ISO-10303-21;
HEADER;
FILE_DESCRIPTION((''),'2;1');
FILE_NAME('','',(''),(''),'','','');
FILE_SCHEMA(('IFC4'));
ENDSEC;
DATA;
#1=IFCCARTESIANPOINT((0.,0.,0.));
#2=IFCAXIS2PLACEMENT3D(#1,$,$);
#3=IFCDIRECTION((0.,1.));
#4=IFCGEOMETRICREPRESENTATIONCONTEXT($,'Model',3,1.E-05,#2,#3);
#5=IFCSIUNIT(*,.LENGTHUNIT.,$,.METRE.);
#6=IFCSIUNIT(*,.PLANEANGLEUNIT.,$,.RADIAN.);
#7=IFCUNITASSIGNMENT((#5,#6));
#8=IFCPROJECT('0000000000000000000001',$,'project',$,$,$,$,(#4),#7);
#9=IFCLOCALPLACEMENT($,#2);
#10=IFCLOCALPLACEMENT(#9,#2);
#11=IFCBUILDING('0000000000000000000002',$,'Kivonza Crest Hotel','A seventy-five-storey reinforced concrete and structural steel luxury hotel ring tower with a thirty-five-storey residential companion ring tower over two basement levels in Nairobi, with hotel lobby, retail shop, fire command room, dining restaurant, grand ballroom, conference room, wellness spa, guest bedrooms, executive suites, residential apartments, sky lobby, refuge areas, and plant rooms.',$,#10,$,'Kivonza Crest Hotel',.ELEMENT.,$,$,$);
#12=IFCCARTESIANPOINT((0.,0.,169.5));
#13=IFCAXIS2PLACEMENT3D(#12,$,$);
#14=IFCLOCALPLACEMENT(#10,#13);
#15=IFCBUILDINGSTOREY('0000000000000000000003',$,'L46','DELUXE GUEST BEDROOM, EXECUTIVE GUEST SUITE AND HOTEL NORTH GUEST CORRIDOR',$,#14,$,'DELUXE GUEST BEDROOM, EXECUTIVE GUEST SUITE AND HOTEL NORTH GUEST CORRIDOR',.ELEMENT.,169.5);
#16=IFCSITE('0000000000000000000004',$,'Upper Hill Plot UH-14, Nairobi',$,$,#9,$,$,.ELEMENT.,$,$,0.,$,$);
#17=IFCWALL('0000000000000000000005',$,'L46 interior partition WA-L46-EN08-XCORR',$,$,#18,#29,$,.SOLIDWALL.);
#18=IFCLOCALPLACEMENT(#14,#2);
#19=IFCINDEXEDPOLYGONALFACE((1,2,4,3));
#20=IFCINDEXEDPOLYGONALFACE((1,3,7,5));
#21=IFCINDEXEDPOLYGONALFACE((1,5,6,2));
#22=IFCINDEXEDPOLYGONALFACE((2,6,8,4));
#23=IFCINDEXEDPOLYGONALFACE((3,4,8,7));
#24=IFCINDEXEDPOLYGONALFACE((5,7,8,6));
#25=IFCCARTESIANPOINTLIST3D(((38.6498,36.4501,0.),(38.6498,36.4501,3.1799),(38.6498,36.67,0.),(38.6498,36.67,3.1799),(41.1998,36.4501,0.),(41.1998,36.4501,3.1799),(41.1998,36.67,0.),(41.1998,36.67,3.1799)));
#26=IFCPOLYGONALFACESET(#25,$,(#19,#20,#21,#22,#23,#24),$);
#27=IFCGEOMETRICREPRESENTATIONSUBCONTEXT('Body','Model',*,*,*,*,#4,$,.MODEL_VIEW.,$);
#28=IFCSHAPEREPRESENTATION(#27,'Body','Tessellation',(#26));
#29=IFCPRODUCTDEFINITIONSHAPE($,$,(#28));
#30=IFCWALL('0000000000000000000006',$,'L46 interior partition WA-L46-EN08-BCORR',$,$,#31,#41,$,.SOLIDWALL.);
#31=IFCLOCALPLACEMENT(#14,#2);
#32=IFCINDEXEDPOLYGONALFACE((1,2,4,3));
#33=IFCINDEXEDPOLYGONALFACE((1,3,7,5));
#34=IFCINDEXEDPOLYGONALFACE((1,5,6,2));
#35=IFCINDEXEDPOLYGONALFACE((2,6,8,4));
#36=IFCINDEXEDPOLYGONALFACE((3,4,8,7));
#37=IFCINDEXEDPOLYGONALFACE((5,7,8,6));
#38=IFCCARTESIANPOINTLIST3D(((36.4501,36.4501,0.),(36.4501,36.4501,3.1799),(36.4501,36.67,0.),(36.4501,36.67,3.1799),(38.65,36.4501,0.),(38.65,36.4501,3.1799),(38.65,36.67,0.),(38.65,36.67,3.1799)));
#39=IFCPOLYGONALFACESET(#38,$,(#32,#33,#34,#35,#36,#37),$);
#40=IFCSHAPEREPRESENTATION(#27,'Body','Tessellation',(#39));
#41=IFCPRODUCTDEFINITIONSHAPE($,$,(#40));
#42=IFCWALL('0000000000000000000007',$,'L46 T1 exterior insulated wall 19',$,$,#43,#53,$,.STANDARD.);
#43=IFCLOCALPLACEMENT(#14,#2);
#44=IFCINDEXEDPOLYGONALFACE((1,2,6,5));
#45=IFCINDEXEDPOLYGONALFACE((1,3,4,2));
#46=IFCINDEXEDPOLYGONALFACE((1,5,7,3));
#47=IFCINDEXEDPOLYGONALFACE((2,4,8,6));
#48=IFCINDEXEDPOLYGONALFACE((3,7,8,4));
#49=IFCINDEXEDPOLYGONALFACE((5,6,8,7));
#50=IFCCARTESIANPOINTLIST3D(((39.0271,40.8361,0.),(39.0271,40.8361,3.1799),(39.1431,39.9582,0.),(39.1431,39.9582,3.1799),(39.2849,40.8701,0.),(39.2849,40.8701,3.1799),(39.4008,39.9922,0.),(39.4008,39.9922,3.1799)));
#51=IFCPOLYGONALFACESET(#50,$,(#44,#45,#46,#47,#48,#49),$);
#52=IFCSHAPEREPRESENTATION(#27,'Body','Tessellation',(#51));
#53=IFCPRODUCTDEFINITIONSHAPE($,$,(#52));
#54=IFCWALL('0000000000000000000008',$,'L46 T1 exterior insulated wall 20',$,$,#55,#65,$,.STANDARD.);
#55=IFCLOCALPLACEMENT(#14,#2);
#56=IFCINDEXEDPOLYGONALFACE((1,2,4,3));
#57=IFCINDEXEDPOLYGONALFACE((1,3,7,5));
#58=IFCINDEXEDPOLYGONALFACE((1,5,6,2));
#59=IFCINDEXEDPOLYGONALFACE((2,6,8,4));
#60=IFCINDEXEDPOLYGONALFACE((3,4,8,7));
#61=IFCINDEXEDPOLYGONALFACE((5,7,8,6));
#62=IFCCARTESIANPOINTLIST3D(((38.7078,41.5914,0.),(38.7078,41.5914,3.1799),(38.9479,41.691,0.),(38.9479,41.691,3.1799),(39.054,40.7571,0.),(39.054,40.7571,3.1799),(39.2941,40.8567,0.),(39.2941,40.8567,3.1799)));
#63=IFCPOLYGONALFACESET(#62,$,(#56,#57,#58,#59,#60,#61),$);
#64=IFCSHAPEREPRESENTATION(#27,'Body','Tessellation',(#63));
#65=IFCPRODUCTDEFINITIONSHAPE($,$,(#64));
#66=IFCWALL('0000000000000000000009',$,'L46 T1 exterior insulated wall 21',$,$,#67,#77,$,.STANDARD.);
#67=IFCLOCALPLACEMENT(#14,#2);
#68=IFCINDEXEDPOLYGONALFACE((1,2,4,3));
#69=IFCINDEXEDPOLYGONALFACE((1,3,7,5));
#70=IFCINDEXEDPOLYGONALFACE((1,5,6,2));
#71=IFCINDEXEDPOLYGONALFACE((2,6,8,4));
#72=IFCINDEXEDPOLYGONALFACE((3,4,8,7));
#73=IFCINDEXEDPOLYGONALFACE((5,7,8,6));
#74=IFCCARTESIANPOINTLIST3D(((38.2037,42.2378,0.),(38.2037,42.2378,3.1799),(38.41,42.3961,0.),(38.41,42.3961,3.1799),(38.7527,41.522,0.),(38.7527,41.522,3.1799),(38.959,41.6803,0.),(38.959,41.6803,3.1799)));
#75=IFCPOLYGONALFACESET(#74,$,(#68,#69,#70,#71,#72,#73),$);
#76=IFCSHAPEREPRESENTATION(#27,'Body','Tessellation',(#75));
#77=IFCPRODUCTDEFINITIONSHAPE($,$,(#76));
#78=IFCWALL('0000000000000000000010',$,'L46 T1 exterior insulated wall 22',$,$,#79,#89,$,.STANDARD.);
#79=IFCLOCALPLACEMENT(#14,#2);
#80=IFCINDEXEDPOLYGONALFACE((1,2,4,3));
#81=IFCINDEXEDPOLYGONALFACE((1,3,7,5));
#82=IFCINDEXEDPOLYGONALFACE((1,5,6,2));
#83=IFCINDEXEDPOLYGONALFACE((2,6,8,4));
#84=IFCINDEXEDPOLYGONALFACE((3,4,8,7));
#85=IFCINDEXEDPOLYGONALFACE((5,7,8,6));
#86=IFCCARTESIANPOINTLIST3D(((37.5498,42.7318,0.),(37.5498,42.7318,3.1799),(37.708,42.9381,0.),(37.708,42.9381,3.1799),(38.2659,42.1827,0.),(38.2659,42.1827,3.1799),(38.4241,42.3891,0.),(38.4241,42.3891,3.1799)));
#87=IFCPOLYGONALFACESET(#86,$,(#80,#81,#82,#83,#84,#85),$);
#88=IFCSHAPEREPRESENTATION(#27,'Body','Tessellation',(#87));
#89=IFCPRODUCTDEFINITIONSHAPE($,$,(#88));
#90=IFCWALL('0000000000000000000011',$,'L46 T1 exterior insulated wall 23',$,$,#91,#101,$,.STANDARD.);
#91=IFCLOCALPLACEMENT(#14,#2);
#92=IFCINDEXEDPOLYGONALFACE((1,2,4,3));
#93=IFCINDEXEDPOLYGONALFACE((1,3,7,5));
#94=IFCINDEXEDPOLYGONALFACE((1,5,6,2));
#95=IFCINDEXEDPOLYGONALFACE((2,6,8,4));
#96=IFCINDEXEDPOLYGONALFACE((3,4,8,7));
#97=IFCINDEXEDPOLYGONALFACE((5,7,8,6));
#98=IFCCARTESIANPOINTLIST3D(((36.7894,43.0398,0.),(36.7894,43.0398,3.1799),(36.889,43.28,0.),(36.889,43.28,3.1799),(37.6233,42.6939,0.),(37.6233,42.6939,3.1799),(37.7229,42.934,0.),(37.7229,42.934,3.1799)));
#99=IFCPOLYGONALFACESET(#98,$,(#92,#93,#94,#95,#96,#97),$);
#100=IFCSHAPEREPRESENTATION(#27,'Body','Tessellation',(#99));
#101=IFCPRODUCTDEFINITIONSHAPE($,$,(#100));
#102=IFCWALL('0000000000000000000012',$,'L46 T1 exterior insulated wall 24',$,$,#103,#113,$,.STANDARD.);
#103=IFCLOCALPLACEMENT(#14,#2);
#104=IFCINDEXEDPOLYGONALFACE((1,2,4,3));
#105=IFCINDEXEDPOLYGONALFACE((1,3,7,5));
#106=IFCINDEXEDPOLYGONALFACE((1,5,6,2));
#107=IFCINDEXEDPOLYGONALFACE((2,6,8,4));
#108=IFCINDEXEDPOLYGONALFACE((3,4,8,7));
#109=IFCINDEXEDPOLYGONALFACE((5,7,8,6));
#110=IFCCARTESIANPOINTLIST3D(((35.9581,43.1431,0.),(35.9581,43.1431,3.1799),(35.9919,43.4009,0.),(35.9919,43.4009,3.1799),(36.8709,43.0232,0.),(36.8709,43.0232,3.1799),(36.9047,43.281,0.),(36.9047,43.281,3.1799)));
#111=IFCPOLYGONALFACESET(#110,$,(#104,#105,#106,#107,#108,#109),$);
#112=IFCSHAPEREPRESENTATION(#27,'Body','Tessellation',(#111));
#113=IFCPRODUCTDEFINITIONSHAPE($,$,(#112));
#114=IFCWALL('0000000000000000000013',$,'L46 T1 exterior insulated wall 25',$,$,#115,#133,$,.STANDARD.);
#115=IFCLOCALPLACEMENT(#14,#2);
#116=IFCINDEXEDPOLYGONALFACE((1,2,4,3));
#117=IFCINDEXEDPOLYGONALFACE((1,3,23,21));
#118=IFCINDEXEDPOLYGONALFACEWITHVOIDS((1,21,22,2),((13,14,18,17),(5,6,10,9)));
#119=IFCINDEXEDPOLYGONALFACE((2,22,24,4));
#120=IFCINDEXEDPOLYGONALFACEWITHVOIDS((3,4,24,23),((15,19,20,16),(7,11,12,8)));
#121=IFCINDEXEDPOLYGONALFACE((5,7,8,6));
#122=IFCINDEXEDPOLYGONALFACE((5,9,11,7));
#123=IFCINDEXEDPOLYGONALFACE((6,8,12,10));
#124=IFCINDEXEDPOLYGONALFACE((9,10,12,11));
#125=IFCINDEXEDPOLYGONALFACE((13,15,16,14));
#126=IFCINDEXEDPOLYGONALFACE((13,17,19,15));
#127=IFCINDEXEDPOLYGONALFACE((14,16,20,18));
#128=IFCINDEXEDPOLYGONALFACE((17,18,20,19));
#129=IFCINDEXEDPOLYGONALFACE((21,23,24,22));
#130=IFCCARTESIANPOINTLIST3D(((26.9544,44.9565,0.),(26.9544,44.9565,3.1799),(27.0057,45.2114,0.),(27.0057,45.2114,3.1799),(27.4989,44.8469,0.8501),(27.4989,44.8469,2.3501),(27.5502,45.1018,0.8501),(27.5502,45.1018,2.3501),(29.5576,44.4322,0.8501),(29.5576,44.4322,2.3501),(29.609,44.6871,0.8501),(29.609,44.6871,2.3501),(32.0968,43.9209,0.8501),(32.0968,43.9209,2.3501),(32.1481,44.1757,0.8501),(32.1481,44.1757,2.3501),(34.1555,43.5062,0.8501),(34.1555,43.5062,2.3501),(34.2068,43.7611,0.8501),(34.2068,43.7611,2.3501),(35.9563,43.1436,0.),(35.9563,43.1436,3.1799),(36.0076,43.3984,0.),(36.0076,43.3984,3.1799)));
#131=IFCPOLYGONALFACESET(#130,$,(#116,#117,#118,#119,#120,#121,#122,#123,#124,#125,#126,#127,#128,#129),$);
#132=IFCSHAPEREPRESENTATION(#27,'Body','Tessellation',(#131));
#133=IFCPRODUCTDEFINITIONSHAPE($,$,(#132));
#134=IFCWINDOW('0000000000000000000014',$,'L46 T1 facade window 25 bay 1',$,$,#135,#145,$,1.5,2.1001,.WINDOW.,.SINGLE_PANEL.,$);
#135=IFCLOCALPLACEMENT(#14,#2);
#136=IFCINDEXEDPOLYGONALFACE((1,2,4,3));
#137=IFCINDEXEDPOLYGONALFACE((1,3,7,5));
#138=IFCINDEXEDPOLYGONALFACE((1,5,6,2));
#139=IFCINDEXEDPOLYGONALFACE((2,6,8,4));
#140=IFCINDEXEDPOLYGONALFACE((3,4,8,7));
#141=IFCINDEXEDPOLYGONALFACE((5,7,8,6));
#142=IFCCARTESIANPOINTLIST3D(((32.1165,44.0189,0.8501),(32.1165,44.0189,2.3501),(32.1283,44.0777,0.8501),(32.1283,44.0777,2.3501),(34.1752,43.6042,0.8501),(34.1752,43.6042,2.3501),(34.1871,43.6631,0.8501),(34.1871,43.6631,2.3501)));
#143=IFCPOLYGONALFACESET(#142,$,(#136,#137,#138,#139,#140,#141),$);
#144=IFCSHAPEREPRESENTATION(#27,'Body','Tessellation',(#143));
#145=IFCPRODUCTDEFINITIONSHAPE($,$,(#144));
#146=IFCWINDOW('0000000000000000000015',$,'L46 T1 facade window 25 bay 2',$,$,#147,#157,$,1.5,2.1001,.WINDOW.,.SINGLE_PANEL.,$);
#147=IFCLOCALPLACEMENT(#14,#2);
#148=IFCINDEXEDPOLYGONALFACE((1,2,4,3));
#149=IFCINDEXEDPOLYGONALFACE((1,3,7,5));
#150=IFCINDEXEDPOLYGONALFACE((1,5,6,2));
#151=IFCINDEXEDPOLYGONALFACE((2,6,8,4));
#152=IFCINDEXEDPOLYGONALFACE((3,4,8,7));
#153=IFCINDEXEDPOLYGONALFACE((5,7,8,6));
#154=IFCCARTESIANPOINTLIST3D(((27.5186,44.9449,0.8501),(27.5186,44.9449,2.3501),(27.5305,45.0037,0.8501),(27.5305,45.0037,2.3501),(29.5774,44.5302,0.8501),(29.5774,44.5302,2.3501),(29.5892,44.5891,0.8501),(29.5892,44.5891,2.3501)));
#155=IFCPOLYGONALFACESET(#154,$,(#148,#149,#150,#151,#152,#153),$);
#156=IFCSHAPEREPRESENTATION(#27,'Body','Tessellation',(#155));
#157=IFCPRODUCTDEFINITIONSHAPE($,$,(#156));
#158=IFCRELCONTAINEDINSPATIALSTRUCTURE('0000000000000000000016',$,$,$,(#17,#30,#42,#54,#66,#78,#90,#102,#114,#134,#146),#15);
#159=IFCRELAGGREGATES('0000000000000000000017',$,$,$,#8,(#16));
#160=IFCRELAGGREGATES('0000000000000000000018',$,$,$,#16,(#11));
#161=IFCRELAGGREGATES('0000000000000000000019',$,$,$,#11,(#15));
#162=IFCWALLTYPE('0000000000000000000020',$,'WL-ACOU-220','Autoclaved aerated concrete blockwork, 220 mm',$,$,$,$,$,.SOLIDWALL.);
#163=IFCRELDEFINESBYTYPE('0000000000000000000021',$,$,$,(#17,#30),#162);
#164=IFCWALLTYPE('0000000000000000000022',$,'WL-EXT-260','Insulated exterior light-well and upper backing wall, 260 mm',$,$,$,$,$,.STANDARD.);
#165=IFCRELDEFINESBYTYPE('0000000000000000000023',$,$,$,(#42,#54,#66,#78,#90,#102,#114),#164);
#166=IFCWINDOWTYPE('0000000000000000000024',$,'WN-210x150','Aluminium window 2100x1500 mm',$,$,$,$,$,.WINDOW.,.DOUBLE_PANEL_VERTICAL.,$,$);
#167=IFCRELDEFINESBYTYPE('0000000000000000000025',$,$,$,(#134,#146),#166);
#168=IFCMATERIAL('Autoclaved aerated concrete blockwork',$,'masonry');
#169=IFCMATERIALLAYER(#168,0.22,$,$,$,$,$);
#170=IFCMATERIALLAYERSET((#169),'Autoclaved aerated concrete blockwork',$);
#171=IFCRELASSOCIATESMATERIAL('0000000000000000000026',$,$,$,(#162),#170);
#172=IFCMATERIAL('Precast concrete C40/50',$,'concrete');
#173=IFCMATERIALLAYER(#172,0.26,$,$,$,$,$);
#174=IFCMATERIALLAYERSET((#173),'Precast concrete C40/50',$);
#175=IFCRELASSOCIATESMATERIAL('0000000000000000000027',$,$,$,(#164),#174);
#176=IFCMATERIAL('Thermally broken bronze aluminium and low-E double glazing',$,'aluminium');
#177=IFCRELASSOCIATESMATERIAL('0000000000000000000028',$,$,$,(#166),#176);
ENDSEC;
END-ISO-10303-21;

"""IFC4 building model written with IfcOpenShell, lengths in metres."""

from ifc_helpers import new_model, si_unit, direction, frame, frame_2d, origin, place, context, subcontext, project, spatial, rectangle, extrude, material, layer, layer_set, type_object, element, fill, save


model = new_model("IFC4")

# Units and contexts
model_context = context("Model", 3, precision=1e-05, world=origin(), true_north=direction((0.0, 1.0)))
body_context = subcontext(model_context, "Body", "Model", "MODEL_VIEW")
ifc_project = project(units=[si_unit("LENGTHUNIT", "METRE"), si_unit("PLANEANGLEUNIT", "RADIAN")], contexts=[model_context])

# Site, building, storey
site_placement = place(None, origin())
site = spatial("IfcSite", under=ifc_project, at=site_placement, Name="Upper Hill Plot UH-14, Nairobi", CompositionType="ELEMENT", RefElevation=0.0)
building_placement = place(site_placement, origin())
building = spatial("IfcBuilding", under=site, at=building_placement, Name="Kivonza Crest Hotel", Description="A seventy-five-storey reinforced concrete and structural steel luxury hotel ring tower with a thirty-five-storey residential companion ring tower over two basement levels in Nairobi, with hotel lobby, retail shop, fire command room, dining restaurant, grand ballroom, conference room, wellness spa, guest bedrooms, executive suites, residential apartments, sky lobby, refuge areas, and plant rooms.", LongName="Kivonza Crest Hotel", CompositionType="ELEMENT")
storey_placement = place(building_placement, frame((0.0, 0.0, 169.5)))
storey = spatial("IfcBuildingStorey", under=building, at=storey_placement, Name="L46", Description="DELUXE GUEST BEDROOM, EXECUTIVE GUEST SUITE AND HOTEL NORTH GUEST CORRIDOR", LongName="DELUXE GUEST BEDROOM, EXECUTIVE GUEST SUITE AND HOTEL NORTH GUEST CORRIDOR", CompositionType="ELEMENT", Elevation=169.5)

# Shared definitions
ifc_material_1 = material(Name="Autoclaved aerated concrete blockwork", Category="masonry")
ifc_layer_1 = layer(ifc_material_1, 0.22)
ifc_layer_set_1 = layer_set([ifc_layer_1], Name="Autoclaved aerated concrete blockwork")
wall_type_1 = type_object("IfcWallType", Name="WL-ACOU-220", Description="Autoclaved aerated concrete blockwork, 220 mm", PredefinedType="SOLIDWALL", material=ifc_layer_set_1)

# Walls
wall_1_placement = place(storey_placement, frame((38.6499, 36.5601, 0.0), z_axis=(0.0, 0.0, 1.0), x_axis=(1.0, 0.0, 0.0)))
element("IfcWall", 1, at=wall_1_placement, inside=storey, type_object=wall_type_1, Name="L46 interior partition WA-L46-EN08-XCORR", PredefinedType="SOLIDWALL", context=body_context, shape_type="SweptSolid", body=[
    extrude(rectangle(XDim=2.55, YDim=0.22, at=frame_2d((1.2749, 0.0))), origin(), (0.0, 0.0, 1.0), 3.1799),
])
wall_2_placement = place(storey_placement, frame((36.45, 36.5601, 0.0), z_axis=(0.0, 0.0, 1.0), x_axis=(1.0, 0.0, 0.0)))
element("IfcWall", 2, at=wall_2_placement, inside=storey, type_object=wall_type_1, Name="L46 interior partition WA-L46-EN08-BCORR", PredefinedType="SOLIDWALL", context=body_context, shape_type="SweptSolid", body=[
    extrude(rectangle(XDim=2.2, YDim=0.22, at=frame_2d((1.1001, 0.0))), origin(), (0.0, 0.0, 1.0), 3.1799),
])
ifc_material_2 = material(Name="Precast concrete C40/50", Category="concrete")
ifc_layer_2 = layer(ifc_material_2, 0.26)
ifc_layer_set_2 = layer_set([ifc_layer_2], Name="Precast concrete C40/50")
wall_type_2 = type_object("IfcWallType", Name="WL-EXT-260", Description="Insulated exterior light-well and upper backing wall, 260 mm", PredefinedType="STANDARD", material=ifc_layer_set_2)
wall_3_placement = place(storey_placement, frame((39.272, 39.9751, 0.0), z_axis=(0.0, 0.0, 1.0), x_axis=(-0.130954, 0.991388, 0.0)))
element("IfcWall", 3, at=wall_3_placement, inside=storey, type_object=wall_type_2, Name="L46 T1 exterior insulated wall 19", PredefinedType="STANDARD", context=body_context, shape_type="SweptSolid", body=[
    extrude(rectangle(XDim=0.8855, YDim=0.26, at=frame_2d((0.4429, 0.0))), origin(), (0.0, 0.0, 1.0), 3.1799),
])
wall_4_placement = place(storey_placement, frame((39.1741, 40.8069, 0.0), z_axis=(0.0, 0.0, 1.0), x_axis=(-0.383291, 0.923628, 0.0)))
element("IfcWall", 4, at=wall_4_placement, inside=storey, type_object=wall_type_2, Name="L46 T1 exterior insulated wall 20", PredefinedType="STANDARD", context=body_context, shape_type="SweptSolid", body=[
    extrude(rectangle(XDim=0.9033, YDim=0.26, at=frame_2d((0.4517, 0.0))), origin(), (0.0, 0.0, 1.0), 3.1799),
])
wall_5_placement = place(storey_placement, frame((38.856, 41.6011, 0.0), z_axis=(0.0, 0.0, 1.0), x_axis=(-0.608625, 0.793458, 0.0)))
element("IfcWall", 5, at=wall_5_placement, inside=storey, type_object=wall_type_2, Name="L46 T1 exterior insulated wall 21", PredefinedType="STANDARD", context=body_context, shape_type="SweptSolid", body=[
    extrude(rectangle(XDim=0.9021, YDim=0.26, at=frame_2d((0.4512, 0.0))), origin(), (0.0, 0.0, 1.0), 3.1799),
])
wall_6_placement = place(storey_placement, frame((38.345, 42.2859, 0.0), z_axis=(0.0, 0.0, 1.0), x_axis=(-0.793558, 0.608494, 0.0)))
element("IfcWall", 6, at=wall_6_placement, inside=storey, type_object=wall_type_2, Name="L46 T1 exterior insulated wall 22", PredefinedType="STANDARD", context=body_context, shape_type="SweptSolid", body=[
    extrude(rectangle(XDim=0.9023, YDim=0.26, at=frame_2d((0.4512, 0.0))), origin(), (0.0, 0.0, 1.0), 3.1799),
])
wall_7_placement = place(storey_placement, frame((37.6731, 42.814, 0.0), z_axis=(0.0, 0.0, 1.0), x_axis=(-0.923684, 0.383156, 0.0)))
element("IfcWall", 7, at=wall_7_placement, inside=storey, type_object=wall_type_2, Name="L46 T1 exterior insulated wall 23", PredefinedType="STANDARD", context=body_context, shape_type="SweptSolid", body=[
    extrude(rectangle(XDim=0.9028, YDim=0.26, at=frame_2d((0.4514, 0.0))), origin(), (0.0, 0.0, 1.0), 3.1799),
])
wall_8_placement = place(storey_placement, frame((36.8879, 43.1521, 0.0), z_axis=(0.0, 0.0, 1.0), x_axis=(-0.991488, 0.130201, 0.0)))
element("IfcWall", 8, at=wall_8_placement, inside=storey, type_object=wall_type_2, Name="L46 T1 exterior insulated wall 24", PredefinedType="STANDARD", context=body_context, shape_type="SweptSolid", body=[
    extrude(rectangle(XDim=0.9207, YDim=0.26, at=frame_2d((0.4604, 0.0))), origin(), (0.0, 0.0, 1.0), 3.1799),
])

# Wall, openings, windows
wall_9_placement = place(storey_placement, frame((35.9819, 43.271, 0.0), z_axis=(0.0, 0.0, 1.0), x_axis=(-0.980316, 0.197435, 0.0)))
wall_9 = element("IfcWall", 9, at=wall_9_placement, inside=storey, type_object=wall_type_2, Name="L46 T1 exterior insulated wall 25", PredefinedType="STANDARD", context=body_context, shape_type="SweptSolid", body=[
    extrude(rectangle(XDim=9.1826, YDim=0.26, at=frame_2d((4.5913, 0.0))), origin(), (0.0, 0.0, 1.0), 3.1799),
])
opening_1_placement = place(wall_9_placement, frame((1.8369, 0.0, 0.8501)))
opening_1 = element("IfcOpeningElement", 10, at=opening_1_placement, cuts=wall_9, PredefinedType="OPENING", context=body_context, shape_type="SweptSolid", body=[
    extrude(rectangle(XDim=2.1001, YDim=1.5, at=frame_2d((1.05, 0.75))), frame((0.0, 0.1401, 0.0), z_axis=(0.0, -1.0, 0.0), x_axis=(1.0, 0.0, 0.0)), (0.0, 0.0, 1.0), 0.28),
])
opening_2_placement = place(wall_9_placement, frame((6.5271, 0.0, 0.8501)))
opening_2 = element("IfcOpeningElement", 11, at=opening_2_placement, cuts=wall_9, PredefinedType="OPENING", context=body_context, shape_type="SweptSolid", body=[
    extrude(rectangle(XDim=2.1001, YDim=1.5, at=frame_2d((1.05, 0.75))), frame((0.0, 0.1401, 0.0), z_axis=(0.0, -1.0, 0.0), x_axis=(1.0, 0.0, 0.0)), (0.0, 0.0, 1.0), 0.28),
])
ifc_material_3 = material(Name="Thermally broken bronze aluminium and low-E double glazing", Category="aluminium")
window_type = type_object("IfcWindowType", Name="WN-210x150", Description="Aluminium window 2100x1500 mm", PartitioningType="DOUBLE_PANEL_VERTICAL", PredefinedType="WINDOW", material=ifc_material_3)
window_1_placement = place(opening_1_placement, origin())
window_1 = element("IfcWindow", 12, at=window_1_placement, inside=storey, type_object=window_type, Name="L46 T1 facade window 25 bay 1", OverallHeight=1.5, OverallWidth=2.1001, PartitioningType="SINGLE_PANEL", PredefinedType="WINDOW", context=body_context, shape_type="SweptSolid", body=[
    extrude(rectangle(XDim=2.1001, YDim=1.5, at=frame_2d((1.05, 0.75))), frame((0.0, 0.03, 0.0), z_axis=(0.0, -1.0, 0.0), x_axis=(1.0, 0.0, 0.0)), (0.0, 0.0, 1.0), 0.0601),
])
fill(opening_1, window_1)
window_2_placement = place(opening_2_placement, origin())
window_2 = element("IfcWindow", 13, at=window_2_placement, inside=storey, type_object=window_type, Name="L46 T1 facade window 25 bay 2", OverallHeight=1.5, OverallWidth=2.1001, PartitioningType="SINGLE_PANEL", PredefinedType="WINDOW", context=body_context, shape_type="SweptSolid", body=[
    extrude(rectangle(XDim=2.1001, YDim=1.5, at=frame_2d((1.05, 0.75))), frame((0.0, 0.03, 0.0), z_axis=(0.0, -1.0, 0.0), x_axis=(1.0, 0.0, 0.0)), (0.0, 0.0, 1.0), 0.0601),
])
fill(opening_2, window_2)

save(model, "model.ifc")
